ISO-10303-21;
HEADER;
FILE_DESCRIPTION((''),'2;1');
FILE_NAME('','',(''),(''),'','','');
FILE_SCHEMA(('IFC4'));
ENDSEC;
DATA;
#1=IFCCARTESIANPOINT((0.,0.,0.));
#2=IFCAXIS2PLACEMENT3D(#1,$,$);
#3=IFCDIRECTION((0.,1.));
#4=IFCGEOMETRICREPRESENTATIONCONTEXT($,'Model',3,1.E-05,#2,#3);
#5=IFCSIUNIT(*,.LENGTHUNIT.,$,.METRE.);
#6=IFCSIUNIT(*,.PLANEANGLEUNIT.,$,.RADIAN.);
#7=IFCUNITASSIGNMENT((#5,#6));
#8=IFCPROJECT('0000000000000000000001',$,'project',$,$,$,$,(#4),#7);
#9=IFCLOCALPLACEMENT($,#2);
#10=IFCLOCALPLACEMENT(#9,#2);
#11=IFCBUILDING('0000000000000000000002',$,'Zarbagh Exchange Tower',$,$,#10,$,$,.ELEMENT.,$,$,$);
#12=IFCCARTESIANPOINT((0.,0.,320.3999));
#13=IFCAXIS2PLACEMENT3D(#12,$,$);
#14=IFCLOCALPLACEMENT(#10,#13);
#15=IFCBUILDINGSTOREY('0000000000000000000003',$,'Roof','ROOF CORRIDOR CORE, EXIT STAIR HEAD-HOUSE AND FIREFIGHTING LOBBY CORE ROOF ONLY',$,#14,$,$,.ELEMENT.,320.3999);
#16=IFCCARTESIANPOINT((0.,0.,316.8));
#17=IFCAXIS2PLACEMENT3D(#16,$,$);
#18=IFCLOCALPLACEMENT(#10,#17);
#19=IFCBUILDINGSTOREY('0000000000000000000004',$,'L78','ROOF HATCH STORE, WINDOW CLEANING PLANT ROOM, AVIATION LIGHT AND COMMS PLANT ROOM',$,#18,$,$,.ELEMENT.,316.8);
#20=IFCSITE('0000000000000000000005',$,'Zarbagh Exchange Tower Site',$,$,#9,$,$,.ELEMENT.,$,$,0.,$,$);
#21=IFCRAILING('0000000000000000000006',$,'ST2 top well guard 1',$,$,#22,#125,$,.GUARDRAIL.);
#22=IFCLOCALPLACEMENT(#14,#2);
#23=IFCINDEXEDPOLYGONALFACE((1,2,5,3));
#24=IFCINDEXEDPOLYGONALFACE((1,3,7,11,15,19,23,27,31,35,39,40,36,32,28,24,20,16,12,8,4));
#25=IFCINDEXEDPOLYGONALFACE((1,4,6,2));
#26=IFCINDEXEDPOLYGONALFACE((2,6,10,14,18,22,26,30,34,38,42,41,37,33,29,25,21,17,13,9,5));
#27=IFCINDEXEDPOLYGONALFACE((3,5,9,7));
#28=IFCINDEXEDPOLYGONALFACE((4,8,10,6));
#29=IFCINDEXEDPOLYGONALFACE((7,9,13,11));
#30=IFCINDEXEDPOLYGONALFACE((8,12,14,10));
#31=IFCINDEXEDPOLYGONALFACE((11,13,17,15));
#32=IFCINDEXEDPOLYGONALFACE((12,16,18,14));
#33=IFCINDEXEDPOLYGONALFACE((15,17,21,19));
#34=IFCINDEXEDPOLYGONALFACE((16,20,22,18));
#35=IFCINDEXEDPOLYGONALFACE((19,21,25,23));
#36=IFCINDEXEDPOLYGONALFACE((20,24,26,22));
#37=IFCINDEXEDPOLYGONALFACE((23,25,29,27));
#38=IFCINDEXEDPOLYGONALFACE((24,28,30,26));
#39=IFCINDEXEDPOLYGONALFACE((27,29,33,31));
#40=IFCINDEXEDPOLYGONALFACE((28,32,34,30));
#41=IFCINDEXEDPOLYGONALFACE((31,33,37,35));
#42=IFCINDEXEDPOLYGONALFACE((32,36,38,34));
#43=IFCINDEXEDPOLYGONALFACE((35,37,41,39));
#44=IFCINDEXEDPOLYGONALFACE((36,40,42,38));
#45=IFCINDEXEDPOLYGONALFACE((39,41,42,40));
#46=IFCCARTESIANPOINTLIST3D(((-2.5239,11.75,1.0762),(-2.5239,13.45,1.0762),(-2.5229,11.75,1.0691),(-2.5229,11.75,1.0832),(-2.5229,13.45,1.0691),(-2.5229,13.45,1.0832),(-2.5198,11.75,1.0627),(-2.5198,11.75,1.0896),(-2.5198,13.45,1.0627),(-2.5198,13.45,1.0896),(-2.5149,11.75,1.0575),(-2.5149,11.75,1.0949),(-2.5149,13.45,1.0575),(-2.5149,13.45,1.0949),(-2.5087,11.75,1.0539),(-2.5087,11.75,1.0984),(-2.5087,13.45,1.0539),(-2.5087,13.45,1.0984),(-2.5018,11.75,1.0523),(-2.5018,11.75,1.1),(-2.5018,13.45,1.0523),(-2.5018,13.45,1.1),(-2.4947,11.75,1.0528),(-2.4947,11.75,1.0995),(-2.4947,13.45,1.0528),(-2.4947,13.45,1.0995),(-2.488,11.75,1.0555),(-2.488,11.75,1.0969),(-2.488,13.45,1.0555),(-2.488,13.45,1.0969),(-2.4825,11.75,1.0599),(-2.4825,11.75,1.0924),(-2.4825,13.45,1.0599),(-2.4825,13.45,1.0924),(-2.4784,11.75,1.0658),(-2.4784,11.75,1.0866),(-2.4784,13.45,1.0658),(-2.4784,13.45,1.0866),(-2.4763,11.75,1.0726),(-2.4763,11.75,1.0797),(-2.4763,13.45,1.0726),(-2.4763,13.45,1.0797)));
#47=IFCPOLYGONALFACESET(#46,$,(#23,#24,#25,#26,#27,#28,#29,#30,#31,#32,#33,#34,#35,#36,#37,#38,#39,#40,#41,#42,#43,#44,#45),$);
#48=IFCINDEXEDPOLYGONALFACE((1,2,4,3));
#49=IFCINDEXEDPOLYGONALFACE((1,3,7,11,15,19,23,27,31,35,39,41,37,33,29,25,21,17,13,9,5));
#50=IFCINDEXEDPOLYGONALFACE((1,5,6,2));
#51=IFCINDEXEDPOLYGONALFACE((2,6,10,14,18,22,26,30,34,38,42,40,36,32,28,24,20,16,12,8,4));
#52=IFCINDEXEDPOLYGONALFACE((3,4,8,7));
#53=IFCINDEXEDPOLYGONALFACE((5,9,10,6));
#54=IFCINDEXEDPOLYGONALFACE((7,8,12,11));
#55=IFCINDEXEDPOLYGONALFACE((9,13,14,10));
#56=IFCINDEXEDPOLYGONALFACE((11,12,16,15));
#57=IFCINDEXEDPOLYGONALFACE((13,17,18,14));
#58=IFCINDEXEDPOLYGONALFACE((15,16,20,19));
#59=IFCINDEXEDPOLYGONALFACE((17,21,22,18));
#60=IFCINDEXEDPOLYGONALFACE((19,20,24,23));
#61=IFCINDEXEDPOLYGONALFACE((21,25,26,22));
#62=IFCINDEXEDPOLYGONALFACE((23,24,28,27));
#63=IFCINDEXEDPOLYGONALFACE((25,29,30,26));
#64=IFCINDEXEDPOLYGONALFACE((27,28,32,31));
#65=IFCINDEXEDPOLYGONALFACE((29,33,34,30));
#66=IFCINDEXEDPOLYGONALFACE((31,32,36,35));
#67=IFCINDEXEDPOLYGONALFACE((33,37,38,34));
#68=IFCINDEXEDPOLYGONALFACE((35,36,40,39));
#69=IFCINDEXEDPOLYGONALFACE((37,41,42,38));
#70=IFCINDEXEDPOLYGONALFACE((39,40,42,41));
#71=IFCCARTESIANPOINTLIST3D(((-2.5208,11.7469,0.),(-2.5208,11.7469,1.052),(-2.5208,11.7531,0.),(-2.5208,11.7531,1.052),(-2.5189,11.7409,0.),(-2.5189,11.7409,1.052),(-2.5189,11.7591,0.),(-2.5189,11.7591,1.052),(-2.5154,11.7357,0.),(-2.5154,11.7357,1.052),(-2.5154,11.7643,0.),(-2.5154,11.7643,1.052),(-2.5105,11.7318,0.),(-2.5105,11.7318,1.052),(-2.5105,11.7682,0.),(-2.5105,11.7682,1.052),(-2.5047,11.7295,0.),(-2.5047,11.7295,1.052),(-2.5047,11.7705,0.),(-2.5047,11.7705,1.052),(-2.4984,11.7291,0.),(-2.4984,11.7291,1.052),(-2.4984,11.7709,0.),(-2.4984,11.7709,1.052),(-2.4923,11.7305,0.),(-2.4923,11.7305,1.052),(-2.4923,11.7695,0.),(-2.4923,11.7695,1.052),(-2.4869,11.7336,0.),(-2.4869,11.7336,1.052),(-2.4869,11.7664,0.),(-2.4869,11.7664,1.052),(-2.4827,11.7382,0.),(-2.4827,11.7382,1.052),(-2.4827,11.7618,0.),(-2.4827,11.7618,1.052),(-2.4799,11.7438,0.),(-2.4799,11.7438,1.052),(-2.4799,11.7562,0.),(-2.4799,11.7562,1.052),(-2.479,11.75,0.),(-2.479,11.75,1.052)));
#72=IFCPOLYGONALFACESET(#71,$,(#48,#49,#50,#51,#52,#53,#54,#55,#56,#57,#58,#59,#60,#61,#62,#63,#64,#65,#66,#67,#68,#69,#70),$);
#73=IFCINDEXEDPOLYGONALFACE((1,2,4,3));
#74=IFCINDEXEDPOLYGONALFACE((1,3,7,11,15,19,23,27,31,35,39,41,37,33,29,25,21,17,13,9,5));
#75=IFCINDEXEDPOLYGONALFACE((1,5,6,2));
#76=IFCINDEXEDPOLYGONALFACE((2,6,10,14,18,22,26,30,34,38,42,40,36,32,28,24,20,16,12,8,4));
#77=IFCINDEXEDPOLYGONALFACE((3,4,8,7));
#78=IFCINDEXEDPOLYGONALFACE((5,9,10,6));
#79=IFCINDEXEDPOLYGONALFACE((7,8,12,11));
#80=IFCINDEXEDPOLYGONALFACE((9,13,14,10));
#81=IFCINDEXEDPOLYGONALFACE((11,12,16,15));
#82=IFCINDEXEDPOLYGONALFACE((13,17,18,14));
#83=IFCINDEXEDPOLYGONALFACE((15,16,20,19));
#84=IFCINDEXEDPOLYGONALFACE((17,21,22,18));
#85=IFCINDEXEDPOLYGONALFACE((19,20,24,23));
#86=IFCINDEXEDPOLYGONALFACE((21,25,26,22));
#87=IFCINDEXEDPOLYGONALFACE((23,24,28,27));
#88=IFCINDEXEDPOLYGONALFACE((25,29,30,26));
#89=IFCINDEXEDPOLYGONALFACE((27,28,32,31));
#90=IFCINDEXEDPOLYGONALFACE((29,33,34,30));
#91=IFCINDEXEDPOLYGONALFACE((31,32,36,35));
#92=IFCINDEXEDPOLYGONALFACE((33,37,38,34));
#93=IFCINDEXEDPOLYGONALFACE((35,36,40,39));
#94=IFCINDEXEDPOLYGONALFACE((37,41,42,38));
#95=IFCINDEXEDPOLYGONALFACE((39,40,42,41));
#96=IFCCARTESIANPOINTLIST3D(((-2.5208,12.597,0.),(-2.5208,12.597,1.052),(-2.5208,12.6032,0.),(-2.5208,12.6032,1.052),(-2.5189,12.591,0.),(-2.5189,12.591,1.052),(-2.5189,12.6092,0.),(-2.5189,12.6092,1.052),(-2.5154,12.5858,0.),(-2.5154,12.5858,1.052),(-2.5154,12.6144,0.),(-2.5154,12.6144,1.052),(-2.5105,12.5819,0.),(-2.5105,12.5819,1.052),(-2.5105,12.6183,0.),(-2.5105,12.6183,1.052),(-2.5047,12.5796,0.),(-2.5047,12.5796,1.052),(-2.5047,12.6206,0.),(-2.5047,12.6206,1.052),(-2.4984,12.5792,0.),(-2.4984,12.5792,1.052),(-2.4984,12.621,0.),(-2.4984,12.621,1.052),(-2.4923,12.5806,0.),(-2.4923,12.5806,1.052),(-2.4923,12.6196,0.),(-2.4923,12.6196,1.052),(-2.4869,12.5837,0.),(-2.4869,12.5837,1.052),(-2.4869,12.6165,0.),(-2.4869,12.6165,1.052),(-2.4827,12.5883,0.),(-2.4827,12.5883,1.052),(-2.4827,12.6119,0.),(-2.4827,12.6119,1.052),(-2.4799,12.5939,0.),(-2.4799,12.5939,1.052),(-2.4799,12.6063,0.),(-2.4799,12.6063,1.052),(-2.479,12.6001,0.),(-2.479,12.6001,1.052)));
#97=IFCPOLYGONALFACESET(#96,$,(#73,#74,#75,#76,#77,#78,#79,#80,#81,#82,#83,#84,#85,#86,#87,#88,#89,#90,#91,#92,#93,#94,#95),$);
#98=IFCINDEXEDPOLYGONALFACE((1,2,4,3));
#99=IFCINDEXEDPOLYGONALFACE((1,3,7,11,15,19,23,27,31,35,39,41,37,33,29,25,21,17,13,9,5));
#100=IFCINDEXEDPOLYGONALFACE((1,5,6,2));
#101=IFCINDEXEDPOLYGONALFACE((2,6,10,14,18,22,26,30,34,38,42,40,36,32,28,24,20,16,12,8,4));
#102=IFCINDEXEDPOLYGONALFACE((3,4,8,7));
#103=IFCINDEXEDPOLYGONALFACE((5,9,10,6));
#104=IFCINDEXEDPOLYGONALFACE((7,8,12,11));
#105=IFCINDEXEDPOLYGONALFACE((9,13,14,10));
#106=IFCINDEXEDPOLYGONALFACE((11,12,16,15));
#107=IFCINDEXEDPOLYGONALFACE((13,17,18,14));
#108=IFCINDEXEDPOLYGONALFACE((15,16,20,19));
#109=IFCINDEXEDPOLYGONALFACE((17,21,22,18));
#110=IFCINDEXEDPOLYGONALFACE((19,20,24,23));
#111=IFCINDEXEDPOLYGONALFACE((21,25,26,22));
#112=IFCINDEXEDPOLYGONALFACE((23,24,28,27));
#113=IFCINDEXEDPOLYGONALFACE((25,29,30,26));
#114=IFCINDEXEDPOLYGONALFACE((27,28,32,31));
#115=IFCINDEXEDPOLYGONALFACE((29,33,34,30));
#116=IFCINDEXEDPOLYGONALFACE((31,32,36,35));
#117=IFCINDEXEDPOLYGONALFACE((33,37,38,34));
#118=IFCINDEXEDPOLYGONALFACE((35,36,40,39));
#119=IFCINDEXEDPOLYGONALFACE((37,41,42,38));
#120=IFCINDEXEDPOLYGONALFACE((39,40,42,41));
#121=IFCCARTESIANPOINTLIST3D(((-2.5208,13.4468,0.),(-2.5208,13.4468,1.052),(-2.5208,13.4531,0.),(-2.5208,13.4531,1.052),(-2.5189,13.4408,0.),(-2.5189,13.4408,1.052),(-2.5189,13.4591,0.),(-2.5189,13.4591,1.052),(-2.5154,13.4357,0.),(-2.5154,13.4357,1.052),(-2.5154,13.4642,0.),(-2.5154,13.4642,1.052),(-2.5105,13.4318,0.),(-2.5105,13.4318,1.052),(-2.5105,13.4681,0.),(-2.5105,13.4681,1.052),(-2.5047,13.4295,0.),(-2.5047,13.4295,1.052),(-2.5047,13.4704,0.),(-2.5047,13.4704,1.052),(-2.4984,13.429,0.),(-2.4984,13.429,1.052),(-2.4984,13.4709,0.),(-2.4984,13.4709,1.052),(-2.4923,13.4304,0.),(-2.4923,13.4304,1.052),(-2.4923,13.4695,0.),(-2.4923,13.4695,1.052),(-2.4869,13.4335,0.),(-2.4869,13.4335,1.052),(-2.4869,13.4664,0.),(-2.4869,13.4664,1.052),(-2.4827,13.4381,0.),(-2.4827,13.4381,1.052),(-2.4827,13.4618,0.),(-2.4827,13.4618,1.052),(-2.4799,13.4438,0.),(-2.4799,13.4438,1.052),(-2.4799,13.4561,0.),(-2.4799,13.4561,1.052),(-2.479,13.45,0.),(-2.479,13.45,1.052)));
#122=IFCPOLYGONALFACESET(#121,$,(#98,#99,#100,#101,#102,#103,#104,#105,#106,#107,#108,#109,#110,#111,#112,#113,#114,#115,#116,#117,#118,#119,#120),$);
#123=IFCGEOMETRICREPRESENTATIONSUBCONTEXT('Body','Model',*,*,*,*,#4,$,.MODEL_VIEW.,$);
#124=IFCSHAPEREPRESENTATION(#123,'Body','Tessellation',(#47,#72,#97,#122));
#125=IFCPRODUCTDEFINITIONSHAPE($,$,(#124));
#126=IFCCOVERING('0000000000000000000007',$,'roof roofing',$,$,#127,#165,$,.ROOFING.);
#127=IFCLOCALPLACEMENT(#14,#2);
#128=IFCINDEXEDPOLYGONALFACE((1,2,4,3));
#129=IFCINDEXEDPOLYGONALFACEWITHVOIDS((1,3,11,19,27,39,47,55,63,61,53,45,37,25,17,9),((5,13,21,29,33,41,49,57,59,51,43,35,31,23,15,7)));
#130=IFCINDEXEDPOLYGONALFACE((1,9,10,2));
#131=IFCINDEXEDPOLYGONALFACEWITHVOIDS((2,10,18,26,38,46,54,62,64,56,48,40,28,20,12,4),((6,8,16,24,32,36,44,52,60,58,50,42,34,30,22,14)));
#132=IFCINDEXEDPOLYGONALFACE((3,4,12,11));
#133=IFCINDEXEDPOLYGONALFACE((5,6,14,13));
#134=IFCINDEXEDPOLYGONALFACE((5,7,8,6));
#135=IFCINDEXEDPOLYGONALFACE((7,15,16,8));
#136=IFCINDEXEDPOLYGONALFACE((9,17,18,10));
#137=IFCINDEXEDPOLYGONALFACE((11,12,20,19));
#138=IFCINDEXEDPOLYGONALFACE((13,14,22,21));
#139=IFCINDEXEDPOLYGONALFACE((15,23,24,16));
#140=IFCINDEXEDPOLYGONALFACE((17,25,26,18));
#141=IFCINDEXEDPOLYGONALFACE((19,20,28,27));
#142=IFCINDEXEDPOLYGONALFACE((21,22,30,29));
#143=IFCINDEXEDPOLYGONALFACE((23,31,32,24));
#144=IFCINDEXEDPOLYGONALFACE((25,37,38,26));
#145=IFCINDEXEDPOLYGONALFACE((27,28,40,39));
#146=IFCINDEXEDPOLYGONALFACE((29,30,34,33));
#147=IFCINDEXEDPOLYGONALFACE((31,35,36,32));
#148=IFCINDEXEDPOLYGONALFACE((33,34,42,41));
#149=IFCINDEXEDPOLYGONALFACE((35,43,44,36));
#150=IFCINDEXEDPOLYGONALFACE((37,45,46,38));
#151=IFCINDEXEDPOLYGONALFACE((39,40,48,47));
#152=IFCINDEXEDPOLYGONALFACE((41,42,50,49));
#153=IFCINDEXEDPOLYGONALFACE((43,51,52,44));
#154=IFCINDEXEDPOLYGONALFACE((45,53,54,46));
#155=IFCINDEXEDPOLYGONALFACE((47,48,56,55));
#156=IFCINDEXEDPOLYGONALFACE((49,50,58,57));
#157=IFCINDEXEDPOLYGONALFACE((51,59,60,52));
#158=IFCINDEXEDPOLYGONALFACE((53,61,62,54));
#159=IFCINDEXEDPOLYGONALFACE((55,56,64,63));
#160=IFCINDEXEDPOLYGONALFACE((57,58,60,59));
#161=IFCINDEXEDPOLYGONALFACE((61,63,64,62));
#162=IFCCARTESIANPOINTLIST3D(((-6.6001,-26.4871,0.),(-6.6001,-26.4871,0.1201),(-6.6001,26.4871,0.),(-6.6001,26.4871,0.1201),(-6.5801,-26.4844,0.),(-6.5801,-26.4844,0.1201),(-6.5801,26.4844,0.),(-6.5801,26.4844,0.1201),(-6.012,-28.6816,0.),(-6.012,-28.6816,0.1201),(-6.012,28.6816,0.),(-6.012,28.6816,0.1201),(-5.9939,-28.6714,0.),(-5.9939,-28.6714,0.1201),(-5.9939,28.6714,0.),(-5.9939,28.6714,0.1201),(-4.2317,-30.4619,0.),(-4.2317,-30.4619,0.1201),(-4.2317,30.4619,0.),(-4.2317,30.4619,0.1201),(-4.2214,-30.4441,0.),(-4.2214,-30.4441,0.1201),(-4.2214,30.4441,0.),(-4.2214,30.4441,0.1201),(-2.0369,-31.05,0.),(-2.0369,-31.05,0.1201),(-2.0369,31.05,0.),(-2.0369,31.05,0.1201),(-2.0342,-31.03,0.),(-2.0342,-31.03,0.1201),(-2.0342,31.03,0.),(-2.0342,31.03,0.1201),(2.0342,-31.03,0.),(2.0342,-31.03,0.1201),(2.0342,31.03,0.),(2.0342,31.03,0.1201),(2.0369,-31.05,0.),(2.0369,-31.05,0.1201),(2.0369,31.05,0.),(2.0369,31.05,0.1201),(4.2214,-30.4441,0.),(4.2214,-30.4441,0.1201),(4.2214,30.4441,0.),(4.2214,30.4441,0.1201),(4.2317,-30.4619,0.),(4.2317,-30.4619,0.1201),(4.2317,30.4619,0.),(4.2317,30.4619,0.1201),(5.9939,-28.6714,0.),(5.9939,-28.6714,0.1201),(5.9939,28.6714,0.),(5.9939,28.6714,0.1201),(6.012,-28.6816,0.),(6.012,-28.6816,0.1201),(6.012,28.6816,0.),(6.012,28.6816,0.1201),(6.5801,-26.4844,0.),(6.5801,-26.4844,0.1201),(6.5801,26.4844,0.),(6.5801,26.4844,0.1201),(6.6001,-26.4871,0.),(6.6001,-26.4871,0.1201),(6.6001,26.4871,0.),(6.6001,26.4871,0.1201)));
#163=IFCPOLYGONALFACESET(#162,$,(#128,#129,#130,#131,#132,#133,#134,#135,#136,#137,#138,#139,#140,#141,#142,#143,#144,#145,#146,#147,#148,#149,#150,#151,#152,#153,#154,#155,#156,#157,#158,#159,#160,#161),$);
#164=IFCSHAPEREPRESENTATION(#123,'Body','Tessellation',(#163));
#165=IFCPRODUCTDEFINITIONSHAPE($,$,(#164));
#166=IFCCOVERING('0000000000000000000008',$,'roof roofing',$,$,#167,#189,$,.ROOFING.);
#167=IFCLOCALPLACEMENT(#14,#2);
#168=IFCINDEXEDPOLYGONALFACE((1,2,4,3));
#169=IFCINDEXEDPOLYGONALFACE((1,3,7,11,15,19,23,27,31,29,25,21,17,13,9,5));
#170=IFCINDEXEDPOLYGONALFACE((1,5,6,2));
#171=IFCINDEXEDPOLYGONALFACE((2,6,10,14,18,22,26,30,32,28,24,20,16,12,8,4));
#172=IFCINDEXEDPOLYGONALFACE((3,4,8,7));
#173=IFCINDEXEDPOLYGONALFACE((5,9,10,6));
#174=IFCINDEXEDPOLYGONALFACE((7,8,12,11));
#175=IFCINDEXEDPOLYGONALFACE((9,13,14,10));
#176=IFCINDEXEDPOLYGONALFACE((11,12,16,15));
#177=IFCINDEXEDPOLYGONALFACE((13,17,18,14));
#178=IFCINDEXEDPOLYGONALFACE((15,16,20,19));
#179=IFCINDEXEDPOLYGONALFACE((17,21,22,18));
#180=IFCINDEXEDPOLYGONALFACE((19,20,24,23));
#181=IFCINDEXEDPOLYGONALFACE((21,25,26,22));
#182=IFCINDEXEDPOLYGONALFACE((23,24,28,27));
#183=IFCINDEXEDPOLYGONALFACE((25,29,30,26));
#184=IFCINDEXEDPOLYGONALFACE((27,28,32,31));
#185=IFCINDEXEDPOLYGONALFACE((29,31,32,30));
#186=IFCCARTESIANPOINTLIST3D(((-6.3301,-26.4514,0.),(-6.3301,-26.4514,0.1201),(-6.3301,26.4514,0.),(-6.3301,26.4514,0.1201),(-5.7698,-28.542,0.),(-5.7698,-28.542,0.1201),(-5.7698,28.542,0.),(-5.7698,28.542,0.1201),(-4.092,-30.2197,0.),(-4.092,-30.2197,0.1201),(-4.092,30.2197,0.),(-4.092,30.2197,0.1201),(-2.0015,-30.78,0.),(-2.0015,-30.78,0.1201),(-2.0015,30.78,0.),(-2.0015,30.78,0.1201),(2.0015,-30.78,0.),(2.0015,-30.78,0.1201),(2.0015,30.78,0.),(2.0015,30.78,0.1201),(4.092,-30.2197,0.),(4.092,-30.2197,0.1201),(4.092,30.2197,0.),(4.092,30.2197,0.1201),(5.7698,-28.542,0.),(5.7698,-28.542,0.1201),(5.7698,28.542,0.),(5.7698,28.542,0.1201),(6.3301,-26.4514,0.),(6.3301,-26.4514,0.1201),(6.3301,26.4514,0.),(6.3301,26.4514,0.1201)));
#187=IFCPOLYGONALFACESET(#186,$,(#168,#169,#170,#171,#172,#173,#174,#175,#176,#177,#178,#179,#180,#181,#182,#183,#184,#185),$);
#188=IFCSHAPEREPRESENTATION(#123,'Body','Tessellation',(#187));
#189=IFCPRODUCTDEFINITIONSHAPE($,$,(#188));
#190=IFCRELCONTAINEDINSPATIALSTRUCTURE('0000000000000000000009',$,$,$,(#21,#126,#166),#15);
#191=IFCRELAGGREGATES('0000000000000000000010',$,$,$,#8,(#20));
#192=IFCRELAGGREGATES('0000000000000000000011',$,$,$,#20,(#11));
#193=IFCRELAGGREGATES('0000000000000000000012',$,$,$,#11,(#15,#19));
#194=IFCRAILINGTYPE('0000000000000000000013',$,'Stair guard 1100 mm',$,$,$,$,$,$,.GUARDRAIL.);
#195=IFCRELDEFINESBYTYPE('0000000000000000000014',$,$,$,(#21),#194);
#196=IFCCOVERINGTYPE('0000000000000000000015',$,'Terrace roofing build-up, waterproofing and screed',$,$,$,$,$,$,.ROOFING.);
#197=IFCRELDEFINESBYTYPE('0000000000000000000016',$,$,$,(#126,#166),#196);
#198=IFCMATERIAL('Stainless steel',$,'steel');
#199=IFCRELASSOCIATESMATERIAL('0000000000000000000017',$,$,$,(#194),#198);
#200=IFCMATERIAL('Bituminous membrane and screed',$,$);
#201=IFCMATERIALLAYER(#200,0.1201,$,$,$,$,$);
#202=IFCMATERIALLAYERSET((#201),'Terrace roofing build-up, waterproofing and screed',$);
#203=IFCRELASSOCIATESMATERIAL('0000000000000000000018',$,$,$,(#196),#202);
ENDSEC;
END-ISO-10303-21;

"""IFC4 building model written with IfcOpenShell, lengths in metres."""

from ifc_helpers import new_model, si_unit, direction, frame, origin, origin_2d, place, context, subcontext, project, spatial, polyline, circle, outline, extrude, material, layer, layer_set, type_object, element, save


model = new_model("IFC4")

# Units and contexts
model_context = context("Model", 3, precision=1e-05, world=origin(), true_north=direction((0.0, 1.0)))
body_context = subcontext(model_context, "Body", "Model", "MODEL_VIEW")
ifc_project = project(units=[si_unit("LENGTHUNIT", "METRE"), si_unit("PLANEANGLEUNIT", "RADIAN")], contexts=[model_context])

# Site, building, storey
site_placement = place(None, origin())
site = spatial("IfcSite", under=ifc_project, at=site_placement, Name="Zarbagh Exchange Tower Site", CompositionType="ELEMENT", RefElevation=0.0)
building_placement = place(site_placement, origin())
building = spatial("IfcBuilding", under=site, at=building_placement, Name="Zarbagh Exchange Tower", CompositionType="ELEMENT")
storey_1_placement = place(building_placement, frame((0.0, 0.0, 320.3999)))
storey_1 = spatial("IfcBuildingStorey", under=building, at=storey_1_placement, Name="Roof", Description="ROOF CORRIDOR CORE, EXIT STAIR HEAD-HOUSE AND FIREFIGHTING LOBBY CORE ROOF ONLY", CompositionType="ELEMENT", Elevation=320.3999)

# Shared definitions
storey_2_placement = place(building_placement, frame((0.0, 0.0, 316.8)))
storey_2 = spatial("IfcBuildingStorey", under=building, at=storey_2_placement, Name="L78", Description="ROOF HATCH STORE, WINDOW CLEANING PLANT ROOM, AVIATION LIGHT AND COMMS PLANT ROOM", CompositionType="ELEMENT", Elevation=316.8)

# Shared definitions
ifc_material_1 = material(Name="Stainless steel", Category="steel")

# Railing
railing_type = type_object("IfcRailingType", Name="Stair guard 1100 mm", PredefinedType="GUARDRAIL", material=ifc_material_1)
railing_1_placement = place(storey_1_placement, frame((-2.5, 11.75, 0.0)))
element("IfcRailing", 1, at=railing_1_placement, inside=storey_1, type_object=railing_type, Name="ST2 top well guard 1", PredefinedType="GUARDRAIL", context=body_context, shape_type="SweptSolid", body=[
    extrude(circle(Radius=0.0239, at=origin_2d()), frame((0.0, 0.0, 1.0762), z_axis=(0.0, 1.0, 0.0), x_axis=(-1.0, 0.0, 0.0)), (0.0, 0.0, 1.0), 1.7),
    extrude(circle(Radius=0.021, at=origin_2d()), origin(), (0.0, 0.0, 1.0), 1.052),
    extrude(circle(Radius=0.021, at=origin_2d()), frame((0.0, 0.8501, 0.0)), (0.0, 0.0, 1.0), 1.052),
    extrude(circle(Radius=0.021, at=origin_2d()), frame((0.0, 1.7, 0.0)), (0.0, 0.0, 1.0), 1.052),
])

# Coverings
ifc_material_2 = material(Name="Bituminous membrane and screed")
ifc_layer_1 = layer(ifc_material_2, 0.1201)
ifc_layer_set_1 = layer_set([ifc_layer_1], Name="Terrace roofing build-up, waterproofing and screed")
covering_type = type_object("IfcCoveringType", Name="Terrace roofing build-up, waterproofing and screed", PredefinedType="ROOFING", material=ifc_layer_set_1)
covering_1_placement = place(storey_1_placement, origin())
element("IfcCovering", 2, at=covering_1_placement, inside=storey_1, type_object=covering_type, Name="roof roofing", PredefinedType="ROOFING", context=body_context, shape_type="SweptSolid", body=[
    extrude(outline(polyline([(-2.0369, -31.05), (-4.2317, -30.4619), (-6.012, -28.6816), (-6.6001, -26.4871), (-6.6001, 26.4871), (-6.012, 28.6816), (-4.2317, 30.4619), (-2.0369, 31.05), (2.0369, 31.05), (4.2317, 30.4619), (6.012, 28.6816), (6.6001, 26.4871), (6.6001, -26.4871), (6.012, -28.6816), (4.2317, -30.4619), (2.0369, -31.05), (-2.0369, -31.05)]), holes=[polyline([(-5.9939, -28.6714), (-4.2214, -30.4441), (-2.0342, -31.03), (2.0342, -31.03), (4.2214, -30.4441), (5.9939, -28.6714), (6.5801, -26.4844), (6.5801, 26.4844), (5.9939, 28.6714), (4.2214, 30.4441), (2.0342, 31.03), (-2.0342, 31.03), (-4.2214, 30.4441), (-5.9939, 28.6714), (-6.5801, 26.4844), (-6.5801, -26.4844), (-5.9939, -28.6714)])]), origin(), (0.0, 0.0, 1.0), 0.1201),
])
covering_2_placement = place(storey_1_placement, origin())
element("IfcCovering", 3, at=covering_2_placement, inside=storey_1, type_object=covering_type, Name="roof roofing", PredefinedType="ROOFING", context=body_context, shape_type="SweptSolid", body=[
    extrude(outline(polyline([(-2.0015, 30.78), (2.0015, 30.78), (4.092, 30.2197), (5.7698, 28.542), (6.3301, 26.4514), (6.3301, -26.4514), (5.7698, -28.542), (4.092, -30.2197), (2.0015, -30.78), (-2.0015, -30.78), (-4.092, -30.2197), (-5.7698, -28.542), (-6.3301, -26.4514), (-6.3301, 26.4514), (-5.7698, 28.542), (-4.092, 30.2197), (-2.0015, 30.78)])), origin(), (0.0, 0.0, 1.0), 0.1201),
])

save(model, "model.ifc")
